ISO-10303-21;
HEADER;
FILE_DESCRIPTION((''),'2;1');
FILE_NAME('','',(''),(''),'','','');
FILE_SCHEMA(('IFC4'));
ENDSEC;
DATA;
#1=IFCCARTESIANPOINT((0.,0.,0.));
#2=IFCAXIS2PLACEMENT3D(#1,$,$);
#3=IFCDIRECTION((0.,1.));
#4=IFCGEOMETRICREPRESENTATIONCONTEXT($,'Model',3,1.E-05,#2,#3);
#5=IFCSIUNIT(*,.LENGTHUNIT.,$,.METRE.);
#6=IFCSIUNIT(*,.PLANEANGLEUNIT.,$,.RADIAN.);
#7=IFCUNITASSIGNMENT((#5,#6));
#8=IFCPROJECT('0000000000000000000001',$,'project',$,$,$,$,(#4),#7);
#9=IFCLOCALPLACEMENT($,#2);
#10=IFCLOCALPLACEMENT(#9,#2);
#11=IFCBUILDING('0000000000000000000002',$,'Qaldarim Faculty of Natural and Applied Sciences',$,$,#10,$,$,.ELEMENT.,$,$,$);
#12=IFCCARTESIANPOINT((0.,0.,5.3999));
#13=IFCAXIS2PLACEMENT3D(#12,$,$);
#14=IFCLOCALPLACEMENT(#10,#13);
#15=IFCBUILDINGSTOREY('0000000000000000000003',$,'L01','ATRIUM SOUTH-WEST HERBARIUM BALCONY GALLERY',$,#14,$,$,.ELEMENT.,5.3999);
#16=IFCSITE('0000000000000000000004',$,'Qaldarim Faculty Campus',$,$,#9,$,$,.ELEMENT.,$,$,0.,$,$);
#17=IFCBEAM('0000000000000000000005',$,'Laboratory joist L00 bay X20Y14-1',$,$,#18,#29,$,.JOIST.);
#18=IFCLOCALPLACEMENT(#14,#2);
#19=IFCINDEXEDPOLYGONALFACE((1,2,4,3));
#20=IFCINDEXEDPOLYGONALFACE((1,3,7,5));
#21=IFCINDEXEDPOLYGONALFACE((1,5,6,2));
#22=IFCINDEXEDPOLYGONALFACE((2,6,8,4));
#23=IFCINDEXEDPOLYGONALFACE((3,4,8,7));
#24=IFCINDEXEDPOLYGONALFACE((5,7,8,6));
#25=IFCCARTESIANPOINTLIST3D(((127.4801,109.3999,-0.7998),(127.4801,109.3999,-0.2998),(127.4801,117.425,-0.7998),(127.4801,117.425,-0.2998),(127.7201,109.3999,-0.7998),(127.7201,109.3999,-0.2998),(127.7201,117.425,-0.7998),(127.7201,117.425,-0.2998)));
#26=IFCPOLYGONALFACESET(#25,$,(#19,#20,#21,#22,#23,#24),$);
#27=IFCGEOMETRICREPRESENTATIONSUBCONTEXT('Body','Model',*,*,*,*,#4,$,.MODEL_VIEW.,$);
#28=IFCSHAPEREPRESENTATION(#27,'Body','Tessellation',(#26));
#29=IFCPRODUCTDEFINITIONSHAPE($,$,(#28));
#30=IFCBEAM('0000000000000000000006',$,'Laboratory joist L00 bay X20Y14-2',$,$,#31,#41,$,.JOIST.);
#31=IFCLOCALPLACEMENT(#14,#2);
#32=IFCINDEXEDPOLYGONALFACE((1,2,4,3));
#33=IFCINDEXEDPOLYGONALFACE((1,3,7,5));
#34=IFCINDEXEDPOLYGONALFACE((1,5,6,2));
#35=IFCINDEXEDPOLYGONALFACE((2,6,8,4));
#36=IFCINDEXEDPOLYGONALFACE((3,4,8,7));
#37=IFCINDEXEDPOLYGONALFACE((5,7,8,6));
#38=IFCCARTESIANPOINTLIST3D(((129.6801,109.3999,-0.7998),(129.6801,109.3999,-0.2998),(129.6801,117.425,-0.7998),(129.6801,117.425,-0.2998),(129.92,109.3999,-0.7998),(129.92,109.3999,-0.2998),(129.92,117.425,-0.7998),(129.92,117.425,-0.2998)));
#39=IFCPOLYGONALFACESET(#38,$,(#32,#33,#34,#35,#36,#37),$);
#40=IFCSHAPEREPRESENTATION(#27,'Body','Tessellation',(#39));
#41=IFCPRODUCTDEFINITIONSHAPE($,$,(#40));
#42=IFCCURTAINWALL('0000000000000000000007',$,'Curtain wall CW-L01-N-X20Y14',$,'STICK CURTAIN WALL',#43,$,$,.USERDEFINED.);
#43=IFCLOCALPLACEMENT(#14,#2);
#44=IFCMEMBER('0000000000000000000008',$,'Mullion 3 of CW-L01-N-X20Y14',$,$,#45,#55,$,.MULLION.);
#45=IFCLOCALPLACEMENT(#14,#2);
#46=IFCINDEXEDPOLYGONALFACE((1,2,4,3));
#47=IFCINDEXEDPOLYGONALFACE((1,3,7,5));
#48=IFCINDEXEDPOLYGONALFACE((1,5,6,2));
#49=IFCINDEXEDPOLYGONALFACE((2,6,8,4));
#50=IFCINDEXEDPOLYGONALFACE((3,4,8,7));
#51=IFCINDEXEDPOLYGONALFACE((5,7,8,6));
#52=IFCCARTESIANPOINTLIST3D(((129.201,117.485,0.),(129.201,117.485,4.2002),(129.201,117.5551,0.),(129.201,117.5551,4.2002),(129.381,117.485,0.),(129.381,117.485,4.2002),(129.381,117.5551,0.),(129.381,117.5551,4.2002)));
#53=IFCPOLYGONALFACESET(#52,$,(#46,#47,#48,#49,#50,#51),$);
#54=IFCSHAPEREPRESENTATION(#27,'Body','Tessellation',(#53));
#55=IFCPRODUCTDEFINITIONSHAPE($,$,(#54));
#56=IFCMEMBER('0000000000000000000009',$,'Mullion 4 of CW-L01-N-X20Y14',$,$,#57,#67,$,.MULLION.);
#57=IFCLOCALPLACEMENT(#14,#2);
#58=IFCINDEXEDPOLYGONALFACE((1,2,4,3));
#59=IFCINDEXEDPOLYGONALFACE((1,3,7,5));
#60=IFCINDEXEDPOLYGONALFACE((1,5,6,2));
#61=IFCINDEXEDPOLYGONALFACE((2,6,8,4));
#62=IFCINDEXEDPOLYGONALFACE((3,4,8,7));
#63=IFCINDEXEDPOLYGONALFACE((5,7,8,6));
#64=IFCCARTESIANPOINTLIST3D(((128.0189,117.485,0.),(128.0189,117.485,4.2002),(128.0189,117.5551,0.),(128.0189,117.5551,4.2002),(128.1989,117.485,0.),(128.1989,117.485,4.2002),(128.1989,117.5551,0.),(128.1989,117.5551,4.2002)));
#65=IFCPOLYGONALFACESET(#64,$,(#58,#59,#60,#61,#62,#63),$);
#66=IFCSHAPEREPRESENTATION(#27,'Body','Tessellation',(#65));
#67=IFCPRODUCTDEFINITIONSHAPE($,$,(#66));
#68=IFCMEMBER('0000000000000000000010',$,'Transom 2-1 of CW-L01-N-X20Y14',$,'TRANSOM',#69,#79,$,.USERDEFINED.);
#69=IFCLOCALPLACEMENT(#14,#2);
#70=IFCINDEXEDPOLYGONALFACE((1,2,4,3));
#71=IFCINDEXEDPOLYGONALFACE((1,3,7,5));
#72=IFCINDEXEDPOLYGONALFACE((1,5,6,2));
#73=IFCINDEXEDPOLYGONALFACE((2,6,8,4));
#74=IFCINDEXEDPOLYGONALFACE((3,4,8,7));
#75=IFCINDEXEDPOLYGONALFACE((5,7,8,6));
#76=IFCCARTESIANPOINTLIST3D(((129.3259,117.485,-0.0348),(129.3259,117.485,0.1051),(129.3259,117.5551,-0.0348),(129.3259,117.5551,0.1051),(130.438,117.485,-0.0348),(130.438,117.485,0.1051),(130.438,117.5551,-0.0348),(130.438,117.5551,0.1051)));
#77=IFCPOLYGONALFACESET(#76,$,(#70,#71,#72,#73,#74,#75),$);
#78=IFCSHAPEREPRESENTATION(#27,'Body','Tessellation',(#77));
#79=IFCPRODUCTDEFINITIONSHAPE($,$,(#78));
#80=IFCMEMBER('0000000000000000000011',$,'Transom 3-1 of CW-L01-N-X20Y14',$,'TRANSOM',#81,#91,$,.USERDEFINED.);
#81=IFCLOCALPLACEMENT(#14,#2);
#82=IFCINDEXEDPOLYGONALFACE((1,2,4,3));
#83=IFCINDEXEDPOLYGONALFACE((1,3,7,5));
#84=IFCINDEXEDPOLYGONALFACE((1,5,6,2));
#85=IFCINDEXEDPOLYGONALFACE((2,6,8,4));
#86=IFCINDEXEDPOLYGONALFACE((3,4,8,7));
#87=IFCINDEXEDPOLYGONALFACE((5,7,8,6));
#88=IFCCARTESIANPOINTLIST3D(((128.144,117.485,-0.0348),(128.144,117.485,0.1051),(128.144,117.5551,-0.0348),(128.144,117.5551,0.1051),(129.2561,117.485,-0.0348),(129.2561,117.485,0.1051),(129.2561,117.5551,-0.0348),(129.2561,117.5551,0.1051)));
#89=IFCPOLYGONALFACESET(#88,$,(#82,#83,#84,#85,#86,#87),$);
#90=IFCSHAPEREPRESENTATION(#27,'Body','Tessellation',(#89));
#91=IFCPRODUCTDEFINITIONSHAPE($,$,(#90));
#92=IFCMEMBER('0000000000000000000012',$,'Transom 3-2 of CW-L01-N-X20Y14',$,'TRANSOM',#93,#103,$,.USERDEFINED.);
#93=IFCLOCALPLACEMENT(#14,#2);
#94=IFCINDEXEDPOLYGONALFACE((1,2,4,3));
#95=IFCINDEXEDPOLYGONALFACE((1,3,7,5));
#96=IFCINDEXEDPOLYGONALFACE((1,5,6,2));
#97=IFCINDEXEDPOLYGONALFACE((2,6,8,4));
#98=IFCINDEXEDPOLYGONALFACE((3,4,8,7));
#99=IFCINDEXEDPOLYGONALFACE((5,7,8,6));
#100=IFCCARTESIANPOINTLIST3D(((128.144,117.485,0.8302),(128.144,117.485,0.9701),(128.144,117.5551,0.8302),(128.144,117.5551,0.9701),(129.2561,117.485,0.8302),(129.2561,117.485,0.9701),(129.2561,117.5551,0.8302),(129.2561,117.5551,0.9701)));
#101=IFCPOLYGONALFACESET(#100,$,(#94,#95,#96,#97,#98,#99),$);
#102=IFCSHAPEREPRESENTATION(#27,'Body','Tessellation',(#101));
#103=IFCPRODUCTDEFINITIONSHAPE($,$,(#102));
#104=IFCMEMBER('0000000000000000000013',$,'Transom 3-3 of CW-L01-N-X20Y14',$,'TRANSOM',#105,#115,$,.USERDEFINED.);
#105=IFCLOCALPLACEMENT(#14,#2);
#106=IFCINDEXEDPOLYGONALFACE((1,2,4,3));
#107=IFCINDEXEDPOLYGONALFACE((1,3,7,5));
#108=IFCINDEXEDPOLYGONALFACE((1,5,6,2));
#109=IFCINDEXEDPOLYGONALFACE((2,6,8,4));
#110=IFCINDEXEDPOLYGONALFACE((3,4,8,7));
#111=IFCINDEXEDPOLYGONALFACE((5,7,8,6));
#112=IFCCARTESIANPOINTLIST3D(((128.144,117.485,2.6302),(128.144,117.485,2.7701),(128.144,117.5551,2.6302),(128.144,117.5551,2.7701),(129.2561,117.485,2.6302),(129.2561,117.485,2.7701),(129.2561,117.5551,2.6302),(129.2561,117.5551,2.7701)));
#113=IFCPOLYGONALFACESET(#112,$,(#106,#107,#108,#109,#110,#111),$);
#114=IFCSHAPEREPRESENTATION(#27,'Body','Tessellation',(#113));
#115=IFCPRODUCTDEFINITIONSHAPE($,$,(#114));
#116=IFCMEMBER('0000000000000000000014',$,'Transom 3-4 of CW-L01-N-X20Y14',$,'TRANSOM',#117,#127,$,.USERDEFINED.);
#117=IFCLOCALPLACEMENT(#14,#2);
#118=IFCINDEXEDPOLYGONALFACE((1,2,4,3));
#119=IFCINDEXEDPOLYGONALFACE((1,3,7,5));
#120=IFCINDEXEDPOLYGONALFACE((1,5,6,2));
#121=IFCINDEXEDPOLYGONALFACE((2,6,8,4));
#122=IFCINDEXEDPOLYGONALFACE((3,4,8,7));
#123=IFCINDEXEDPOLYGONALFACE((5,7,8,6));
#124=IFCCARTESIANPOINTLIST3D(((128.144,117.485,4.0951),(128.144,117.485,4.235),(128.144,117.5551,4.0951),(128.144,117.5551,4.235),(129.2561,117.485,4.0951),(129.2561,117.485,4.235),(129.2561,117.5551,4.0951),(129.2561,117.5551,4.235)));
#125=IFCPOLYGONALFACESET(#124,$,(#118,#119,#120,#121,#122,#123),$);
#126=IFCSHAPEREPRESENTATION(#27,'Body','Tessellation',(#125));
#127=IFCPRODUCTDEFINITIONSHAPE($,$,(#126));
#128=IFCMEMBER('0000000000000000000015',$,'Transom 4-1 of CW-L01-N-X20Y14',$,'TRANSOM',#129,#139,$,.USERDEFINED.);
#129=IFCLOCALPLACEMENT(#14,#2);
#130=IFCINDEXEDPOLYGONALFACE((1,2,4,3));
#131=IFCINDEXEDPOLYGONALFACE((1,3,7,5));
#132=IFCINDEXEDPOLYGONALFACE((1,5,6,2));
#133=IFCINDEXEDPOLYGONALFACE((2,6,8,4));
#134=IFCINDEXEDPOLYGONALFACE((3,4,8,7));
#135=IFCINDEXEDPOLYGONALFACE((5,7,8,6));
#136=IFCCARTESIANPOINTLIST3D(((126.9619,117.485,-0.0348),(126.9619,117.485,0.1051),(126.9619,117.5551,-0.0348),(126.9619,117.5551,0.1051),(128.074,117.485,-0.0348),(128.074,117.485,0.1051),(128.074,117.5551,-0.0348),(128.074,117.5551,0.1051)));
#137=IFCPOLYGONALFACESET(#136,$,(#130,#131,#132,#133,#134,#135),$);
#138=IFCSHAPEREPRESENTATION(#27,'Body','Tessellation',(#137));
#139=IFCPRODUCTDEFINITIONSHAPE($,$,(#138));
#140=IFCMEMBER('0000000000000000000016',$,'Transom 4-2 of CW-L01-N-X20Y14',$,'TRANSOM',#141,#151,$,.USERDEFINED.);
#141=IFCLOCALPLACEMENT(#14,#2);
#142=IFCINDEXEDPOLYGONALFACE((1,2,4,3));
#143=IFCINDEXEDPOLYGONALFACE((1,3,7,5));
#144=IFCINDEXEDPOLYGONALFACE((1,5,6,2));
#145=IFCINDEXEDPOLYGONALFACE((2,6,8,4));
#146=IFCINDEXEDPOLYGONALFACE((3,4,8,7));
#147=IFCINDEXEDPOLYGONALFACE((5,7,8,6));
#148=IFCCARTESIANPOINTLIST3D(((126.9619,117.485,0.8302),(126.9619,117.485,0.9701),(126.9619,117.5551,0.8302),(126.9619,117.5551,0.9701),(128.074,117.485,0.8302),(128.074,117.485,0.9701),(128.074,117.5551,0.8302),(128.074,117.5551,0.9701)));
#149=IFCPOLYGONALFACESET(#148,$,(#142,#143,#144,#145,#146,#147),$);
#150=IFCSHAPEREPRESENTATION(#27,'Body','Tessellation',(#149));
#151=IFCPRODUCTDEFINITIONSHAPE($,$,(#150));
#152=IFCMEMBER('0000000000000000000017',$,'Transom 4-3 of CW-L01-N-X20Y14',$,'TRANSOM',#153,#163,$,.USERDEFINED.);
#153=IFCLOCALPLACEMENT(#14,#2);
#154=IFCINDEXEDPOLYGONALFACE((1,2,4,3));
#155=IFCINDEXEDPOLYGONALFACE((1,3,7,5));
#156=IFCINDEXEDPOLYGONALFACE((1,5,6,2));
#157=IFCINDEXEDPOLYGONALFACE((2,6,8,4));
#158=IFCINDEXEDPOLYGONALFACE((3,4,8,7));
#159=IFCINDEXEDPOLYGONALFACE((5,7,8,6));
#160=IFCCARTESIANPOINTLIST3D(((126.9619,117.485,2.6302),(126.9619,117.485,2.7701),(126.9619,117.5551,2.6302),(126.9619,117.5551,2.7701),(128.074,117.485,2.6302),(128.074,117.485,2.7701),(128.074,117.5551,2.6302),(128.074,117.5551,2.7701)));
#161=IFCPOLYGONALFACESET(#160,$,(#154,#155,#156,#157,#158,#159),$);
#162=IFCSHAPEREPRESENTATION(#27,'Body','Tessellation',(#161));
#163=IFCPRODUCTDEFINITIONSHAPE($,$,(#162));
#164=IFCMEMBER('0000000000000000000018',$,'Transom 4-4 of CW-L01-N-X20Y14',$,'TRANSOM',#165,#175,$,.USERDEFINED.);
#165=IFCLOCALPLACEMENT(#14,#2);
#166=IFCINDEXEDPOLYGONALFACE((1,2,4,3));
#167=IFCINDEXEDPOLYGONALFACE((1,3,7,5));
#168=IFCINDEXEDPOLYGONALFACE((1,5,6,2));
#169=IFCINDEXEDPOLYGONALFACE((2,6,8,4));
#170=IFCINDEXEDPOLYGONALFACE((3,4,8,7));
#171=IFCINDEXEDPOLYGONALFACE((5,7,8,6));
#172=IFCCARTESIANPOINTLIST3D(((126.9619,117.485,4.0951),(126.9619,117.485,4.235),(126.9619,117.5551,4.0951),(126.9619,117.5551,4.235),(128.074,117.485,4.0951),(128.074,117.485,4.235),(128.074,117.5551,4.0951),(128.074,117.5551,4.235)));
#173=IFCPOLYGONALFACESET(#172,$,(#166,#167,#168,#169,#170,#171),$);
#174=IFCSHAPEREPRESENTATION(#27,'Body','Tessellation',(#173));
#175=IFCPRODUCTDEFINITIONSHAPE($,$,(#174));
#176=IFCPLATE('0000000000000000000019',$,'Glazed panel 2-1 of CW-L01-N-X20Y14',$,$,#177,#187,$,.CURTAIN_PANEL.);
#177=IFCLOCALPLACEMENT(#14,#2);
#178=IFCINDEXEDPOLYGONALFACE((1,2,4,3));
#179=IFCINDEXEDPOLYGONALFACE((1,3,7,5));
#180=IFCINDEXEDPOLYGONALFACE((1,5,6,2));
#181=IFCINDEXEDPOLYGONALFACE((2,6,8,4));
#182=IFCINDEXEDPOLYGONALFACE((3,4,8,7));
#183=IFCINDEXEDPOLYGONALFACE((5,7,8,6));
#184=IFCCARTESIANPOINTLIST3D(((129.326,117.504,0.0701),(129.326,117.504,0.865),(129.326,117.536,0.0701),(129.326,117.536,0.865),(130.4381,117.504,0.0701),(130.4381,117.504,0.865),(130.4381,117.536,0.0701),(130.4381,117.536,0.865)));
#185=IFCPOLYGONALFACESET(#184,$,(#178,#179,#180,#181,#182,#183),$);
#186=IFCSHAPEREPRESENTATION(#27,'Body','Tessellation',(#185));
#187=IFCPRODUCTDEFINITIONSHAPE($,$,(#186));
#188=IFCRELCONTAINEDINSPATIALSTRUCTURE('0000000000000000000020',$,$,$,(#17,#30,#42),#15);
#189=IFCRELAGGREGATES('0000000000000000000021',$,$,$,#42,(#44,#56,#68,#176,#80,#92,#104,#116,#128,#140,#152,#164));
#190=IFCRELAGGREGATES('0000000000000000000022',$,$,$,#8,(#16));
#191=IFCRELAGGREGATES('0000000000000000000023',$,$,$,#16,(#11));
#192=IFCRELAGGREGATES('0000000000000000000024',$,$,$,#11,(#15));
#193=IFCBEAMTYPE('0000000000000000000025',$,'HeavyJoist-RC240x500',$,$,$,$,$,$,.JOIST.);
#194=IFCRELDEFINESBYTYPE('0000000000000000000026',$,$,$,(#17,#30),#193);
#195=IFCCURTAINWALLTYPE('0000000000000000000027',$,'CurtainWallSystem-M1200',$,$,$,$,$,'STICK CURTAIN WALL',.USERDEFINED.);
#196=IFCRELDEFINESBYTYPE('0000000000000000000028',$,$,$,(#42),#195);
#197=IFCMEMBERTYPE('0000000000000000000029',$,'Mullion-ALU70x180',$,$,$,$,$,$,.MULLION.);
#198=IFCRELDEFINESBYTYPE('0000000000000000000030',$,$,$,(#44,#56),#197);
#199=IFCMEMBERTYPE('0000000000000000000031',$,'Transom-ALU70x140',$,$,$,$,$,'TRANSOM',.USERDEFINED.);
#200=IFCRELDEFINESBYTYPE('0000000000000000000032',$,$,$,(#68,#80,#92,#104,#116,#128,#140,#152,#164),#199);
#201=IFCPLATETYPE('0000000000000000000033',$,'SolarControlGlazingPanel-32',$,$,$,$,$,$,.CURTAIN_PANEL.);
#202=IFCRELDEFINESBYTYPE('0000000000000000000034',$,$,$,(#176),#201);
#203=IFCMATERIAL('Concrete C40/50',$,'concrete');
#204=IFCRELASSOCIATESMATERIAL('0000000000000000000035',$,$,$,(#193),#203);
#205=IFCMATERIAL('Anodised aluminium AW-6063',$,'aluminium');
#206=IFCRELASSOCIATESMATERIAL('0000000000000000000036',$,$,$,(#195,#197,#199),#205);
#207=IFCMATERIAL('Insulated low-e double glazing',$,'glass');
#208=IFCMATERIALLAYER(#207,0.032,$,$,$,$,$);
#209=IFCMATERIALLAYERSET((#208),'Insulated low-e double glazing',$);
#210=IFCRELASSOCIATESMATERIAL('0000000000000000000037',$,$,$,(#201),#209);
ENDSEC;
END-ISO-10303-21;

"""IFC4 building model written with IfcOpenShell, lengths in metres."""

from ifc_helpers import new_model, si_unit, direction, frame, origin, origin_2d, place, context, subcontext, project, spatial, rectangle, extrude, material, layer, layer_set, material_profile, profile_set, type_object, element, aggregate, save


model = new_model("IFC4")

# Units and contexts
model_context = context("Model", 3, precision=1e-05, world=origin(), true_north=direction((0.0, 1.0)))
body_context = subcontext(model_context, "Body", "Model", "MODEL_VIEW")
ifc_project = project(units=[si_unit("LENGTHUNIT", "METRE"), si_unit("PLANEANGLEUNIT", "RADIAN")], contexts=[model_context])

# Site, building, storey
site_placement = place(None, origin())
site = spatial("IfcSite", under=ifc_project, at=site_placement, Name="Qaldarim Faculty Campus", CompositionType="ELEMENT", RefElevation=0.0)
building_placement = place(site_placement, origin())
building = spatial("IfcBuilding", under=site, at=building_placement, Name="Qaldarim Faculty of Natural and Applied Sciences", CompositionType="ELEMENT")
storey_placement = place(building_placement, frame((0.0, 0.0, 5.3999)))
storey = spatial("IfcBuildingStorey", under=building, at=storey_placement, Name="L01", Description="ATRIUM SOUTH-WEST HERBARIUM BALCONY GALLERY", CompositionType="ELEMENT", Elevation=5.3999)

# Beams
ifc_material_1 = material(Name="Concrete C40/50", Category="concrete")
ifc_material_profile_1 = material_profile(ifc_material_1, rectangle(XDim=0.24, YDim=0.5, at=origin_2d()), Name="RC-J240x500")
ifc_profile_set_1 = profile_set([ifc_material_profile_1], Name="Concrete C40/50")
beam_type = type_object("IfcBeamType", Name="HeavyJoist-RC240x500", PredefinedType="JOIST", material=ifc_profile_set_1)
for number, where, z_axis, x_axis, name in (
    (1, (127.6001, 109.3999, -0.5498), (0.0, 1.0, 0.0), (-1.0, 0.0, 0.0), "Laboratory joist L00 bay X20Y14-1"),
    (2, (129.8, 109.3999, -0.5498), (0.0, 1.0, 0.0), (-1.0, 0.0, 0.0), "Laboratory joist L00 bay X20Y14-2"),
):
    element("IfcBeam", number, at=place(storey_placement, frame(where, z_axis=z_axis, x_axis=x_axis)), inside=storey, type_object=beam_type, Name=name, PredefinedType="JOIST", context=body_context, shape_type="SweptSolid", body=[
        extrude(rectangle(XDim=0.24, YDim=0.5, at=origin_2d()), origin(), (0.0, 0.0, 1.0), 8.0251),
    ])

# Curtain wall, members, plate
ifc_material_2 = material(Name="Anodised aluminium AW-6063", Category="aluminium")
curtain_wall_type = type_object("IfcCurtainWallType", Name="CurtainWallSystem-M1200", ElementType="STICK CURTAIN WALL", PredefinedType="USERDEFINED", material=ifc_material_2)
curtain_wall_placement = place(storey_placement, origin())
curtain_wall = element("IfcCurtainWall", 3, at=curtain_wall_placement, inside=storey, type_object=curtain_wall_type, Name="Curtain wall CW-L01-N-X20Y14", ObjectType="STICK CURTAIN WALL", PredefinedType="USERDEFINED")
ifc_material_profile_2 = material_profile(ifc_material_2, rectangle(XDim=0.0701, YDim=0.1799, at=origin_2d()), Name="ALU-M70x180")
ifc_profile_set_2 = profile_set([ifc_material_profile_2], Name="Anodised aluminium AW-6063")
member_type_1 = type_object("IfcMemberType", Name="Mullion-ALU70x180", PredefinedType="MULLION", material=ifc_profile_set_2)
member_1_placement = place(storey_placement, frame((129.291, 117.52, 0.0), z_axis=(0.0, 0.0, 1.0), x_axis=(0.0, -1.0, 0.0)))
member_1 = element("IfcMember", 4, at=member_1_placement, type_object=member_type_1, Name="Mullion 3 of CW-L01-N-X20Y14", PredefinedType="MULLION", context=body_context, shape_type="SweptSolid", body=[
    extrude(rectangle(XDim=0.0701, YDim=0.1799, at=origin_2d()), origin(), (0.0, 0.0, 1.0), 4.2002),
])
member_2_placement = place(storey_placement, frame((128.1089, 117.52, 0.0), z_axis=(0.0, 0.0, 1.0), x_axis=(0.0, -1.0, 0.0)))
member_2 = element("IfcMember", 5, at=member_2_placement, type_object=member_type_1, Name="Mullion 4 of CW-L01-N-X20Y14", PredefinedType="MULLION", context=body_context, shape_type="SweptSolid", body=[
    extrude(rectangle(XDim=0.0701, YDim=0.1799, at=origin_2d()), origin(), (0.0, 0.0, 1.0), 4.2002),
])
ifc_material_profile_3 = material_profile(ifc_material_2, rectangle(XDim=0.0701, YDim=0.1399, at=origin_2d()), Name="ALU-T70x140")
ifc_profile_set_3 = profile_set([ifc_material_profile_3], Name="Anodised aluminium AW-6063")
member_type_2 = type_object("IfcMemberType", Name="Transom-ALU70x140", ElementType="TRANSOM", PredefinedType="USERDEFINED", material=ifc_profile_set_3)
member_3_placement = place(storey_placement, frame((130.438, 117.52, 0.0352), z_axis=(-1.0, 0.0, 0.0), x_axis=(0.0, -1.0, 0.0)))
member_3 = element("IfcMember", 6, at=member_3_placement, type_object=member_type_2, Name="Transom 2-1 of CW-L01-N-X20Y14", ObjectType="TRANSOM", PredefinedType="USERDEFINED", context=body_context, shape_type="SweptSolid", body=[
    extrude(rectangle(XDim=0.0701, YDim=0.1399, at=origin_2d()), origin(), (0.0, 0.0, 1.0), 1.1121),
])
member_4_placement = place(storey_placement, frame((129.2561, 117.52, 0.0352), z_axis=(-1.0, 0.0, 0.0), x_axis=(0.0, -1.0, 0.0)))
member_4 = element("IfcMember", 7, at=member_4_placement, type_object=member_type_2, Name="Transom 3-1 of CW-L01-N-X20Y14", ObjectType="TRANSOM", PredefinedType="USERDEFINED", context=body_context, shape_type="SweptSolid", body=[
    extrude(rectangle(XDim=0.0701, YDim=0.1399, at=origin_2d()), origin(), (0.0, 0.0, 1.0), 1.1121),
])
member_5_placement = place(storey_placement, frame((129.2561, 117.52, 0.9001), z_axis=(-1.0, 0.0, 0.0), x_axis=(0.0, -1.0, 0.0)))
member_5 = element("IfcMember", 8, at=member_5_placement, type_object=member_type_2, Name="Transom 3-2 of CW-L01-N-X20Y14", ObjectType="TRANSOM", PredefinedType="USERDEFINED", context=body_context, shape_type="SweptSolid", body=[
    extrude(rectangle(XDim=0.0701, YDim=0.1399, at=origin_2d()), origin(), (0.0, 0.0, 1.0), 1.1121),
])
member_6_placement = place(storey_placement, frame((129.2561, 117.52, 2.7002), z_axis=(-1.0, 0.0, 0.0), x_axis=(0.0, -1.0, 0.0)))
member_6 = element("IfcMember", 9, at=member_6_placement, type_object=member_type_2, Name="Transom 3-3 of CW-L01-N-X20Y14", ObjectType="TRANSOM", PredefinedType="USERDEFINED", context=body_context, shape_type="SweptSolid", body=[
    extrude(rectangle(XDim=0.0701, YDim=0.1399, at=origin_2d()), origin(), (0.0, 0.0, 1.0), 1.1121),
])
member_7_placement = place(storey_placement, frame((129.2561, 117.52, 4.165), z_axis=(-1.0, 0.0, 0.0), x_axis=(0.0, -1.0, 0.0)))
member_7 = element("IfcMember", 10, at=member_7_placement, type_object=member_type_2, Name="Transom 3-4 of CW-L01-N-X20Y14", ObjectType="TRANSOM", PredefinedType="USERDEFINED", context=body_context, shape_type="SweptSolid", body=[
    extrude(rectangle(XDim=0.0701, YDim=0.1399, at=origin_2d()), origin(), (0.0, 0.0, 1.0), 1.1121),
])
member_8_placement = place(storey_placement, frame((128.074, 117.52, 0.0352), z_axis=(-1.0, 0.0, 0.0), x_axis=(0.0, -1.0, 0.0)))
member_8 = element("IfcMember", 11, at=member_8_placement, type_object=member_type_2, Name="Transom 4-1 of CW-L01-N-X20Y14", ObjectType="TRANSOM", PredefinedType="USERDEFINED", context=body_context, shape_type="SweptSolid", body=[
    extrude(rectangle(XDim=0.0701, YDim=0.1399, at=origin_2d()), origin(), (0.0, 0.0, 1.0), 1.1121),
])
member_9_placement = place(storey_placement, frame((128.074, 117.52, 0.9001), z_axis=(-1.0, 0.0, 0.0), x_axis=(0.0, -1.0, 0.0)))
member_9 = element("IfcMember", 12, at=member_9_placement, type_object=member_type_2, Name="Transom 4-2 of CW-L01-N-X20Y14", ObjectType="TRANSOM", PredefinedType="USERDEFINED", context=body_context, shape_type="SweptSolid", body=[
    extrude(rectangle(XDim=0.0701, YDim=0.1399, at=origin_2d()), origin(), (0.0, 0.0, 1.0), 1.1121),
])
member_10_placement = place(storey_placement, frame((128.074, 117.52, 2.7002), z_axis=(-1.0, 0.0, 0.0), x_axis=(0.0, -1.0, 0.0)))
member_10 = element("IfcMember", 13, at=member_10_placement, type_object=member_type_2, Name="Transom 4-3 of CW-L01-N-X20Y14", ObjectType="TRANSOM", PredefinedType="USERDEFINED", context=body_context, shape_type="SweptSolid", body=[
    extrude(rectangle(XDim=0.0701, YDim=0.1399, at=origin_2d()), origin(), (0.0, 0.0, 1.0), 1.1121),
])
member_11_placement = place(storey_placement, frame((128.074, 117.52, 4.165), z_axis=(-1.0, 0.0, 0.0), x_axis=(0.0, -1.0, 0.0)))
member_11 = element("IfcMember", 14, at=member_11_placement, type_object=member_type_2, Name="Transom 4-4 of CW-L01-N-X20Y14", ObjectType="TRANSOM", PredefinedType="USERDEFINED", context=body_context, shape_type="SweptSolid", body=[
    extrude(rectangle(XDim=0.0701, YDim=0.1399, at=origin_2d()), origin(), (0.0, 0.0, 1.0), 1.1121),
])
ifc_material_3 = material(Name="Insulated low-e double glazing", Category="glass")
ifc_layer = layer(ifc_material_3, 0.032)
ifc_layer_set = layer_set([ifc_layer], Name="Insulated low-e double glazing")
plate_type = type_object("IfcPlateType", Name="SolarControlGlazingPanel-32", PredefinedType="CURTAIN_PANEL", material=ifc_layer_set)
plate_1_placement = place(storey_placement, frame((129.8821, 117.52, 0.0701), z_axis=(0.0, 0.0, 1.0), x_axis=(-1.0, 0.0, 0.0)))
plate_1 = element("IfcPlate", 15, at=plate_1_placement, type_object=plate_type, Name="Glazed panel 2-1 of CW-L01-N-X20Y14", PredefinedType="CURTAIN_PANEL", context=body_context, shape_type="SweptSolid", body=[
    extrude(rectangle(XDim=1.1121, YDim=0.032, at=origin_2d()), origin(), (0.0, 0.0, 1.0), 0.7949),
])
aggregate(curtain_wall, [member_1, member_2, member_3, plate_1, member_4, member_5, member_6, member_7, member_8, member_9, member_10, member_11])

save(model, "model.ifc")
